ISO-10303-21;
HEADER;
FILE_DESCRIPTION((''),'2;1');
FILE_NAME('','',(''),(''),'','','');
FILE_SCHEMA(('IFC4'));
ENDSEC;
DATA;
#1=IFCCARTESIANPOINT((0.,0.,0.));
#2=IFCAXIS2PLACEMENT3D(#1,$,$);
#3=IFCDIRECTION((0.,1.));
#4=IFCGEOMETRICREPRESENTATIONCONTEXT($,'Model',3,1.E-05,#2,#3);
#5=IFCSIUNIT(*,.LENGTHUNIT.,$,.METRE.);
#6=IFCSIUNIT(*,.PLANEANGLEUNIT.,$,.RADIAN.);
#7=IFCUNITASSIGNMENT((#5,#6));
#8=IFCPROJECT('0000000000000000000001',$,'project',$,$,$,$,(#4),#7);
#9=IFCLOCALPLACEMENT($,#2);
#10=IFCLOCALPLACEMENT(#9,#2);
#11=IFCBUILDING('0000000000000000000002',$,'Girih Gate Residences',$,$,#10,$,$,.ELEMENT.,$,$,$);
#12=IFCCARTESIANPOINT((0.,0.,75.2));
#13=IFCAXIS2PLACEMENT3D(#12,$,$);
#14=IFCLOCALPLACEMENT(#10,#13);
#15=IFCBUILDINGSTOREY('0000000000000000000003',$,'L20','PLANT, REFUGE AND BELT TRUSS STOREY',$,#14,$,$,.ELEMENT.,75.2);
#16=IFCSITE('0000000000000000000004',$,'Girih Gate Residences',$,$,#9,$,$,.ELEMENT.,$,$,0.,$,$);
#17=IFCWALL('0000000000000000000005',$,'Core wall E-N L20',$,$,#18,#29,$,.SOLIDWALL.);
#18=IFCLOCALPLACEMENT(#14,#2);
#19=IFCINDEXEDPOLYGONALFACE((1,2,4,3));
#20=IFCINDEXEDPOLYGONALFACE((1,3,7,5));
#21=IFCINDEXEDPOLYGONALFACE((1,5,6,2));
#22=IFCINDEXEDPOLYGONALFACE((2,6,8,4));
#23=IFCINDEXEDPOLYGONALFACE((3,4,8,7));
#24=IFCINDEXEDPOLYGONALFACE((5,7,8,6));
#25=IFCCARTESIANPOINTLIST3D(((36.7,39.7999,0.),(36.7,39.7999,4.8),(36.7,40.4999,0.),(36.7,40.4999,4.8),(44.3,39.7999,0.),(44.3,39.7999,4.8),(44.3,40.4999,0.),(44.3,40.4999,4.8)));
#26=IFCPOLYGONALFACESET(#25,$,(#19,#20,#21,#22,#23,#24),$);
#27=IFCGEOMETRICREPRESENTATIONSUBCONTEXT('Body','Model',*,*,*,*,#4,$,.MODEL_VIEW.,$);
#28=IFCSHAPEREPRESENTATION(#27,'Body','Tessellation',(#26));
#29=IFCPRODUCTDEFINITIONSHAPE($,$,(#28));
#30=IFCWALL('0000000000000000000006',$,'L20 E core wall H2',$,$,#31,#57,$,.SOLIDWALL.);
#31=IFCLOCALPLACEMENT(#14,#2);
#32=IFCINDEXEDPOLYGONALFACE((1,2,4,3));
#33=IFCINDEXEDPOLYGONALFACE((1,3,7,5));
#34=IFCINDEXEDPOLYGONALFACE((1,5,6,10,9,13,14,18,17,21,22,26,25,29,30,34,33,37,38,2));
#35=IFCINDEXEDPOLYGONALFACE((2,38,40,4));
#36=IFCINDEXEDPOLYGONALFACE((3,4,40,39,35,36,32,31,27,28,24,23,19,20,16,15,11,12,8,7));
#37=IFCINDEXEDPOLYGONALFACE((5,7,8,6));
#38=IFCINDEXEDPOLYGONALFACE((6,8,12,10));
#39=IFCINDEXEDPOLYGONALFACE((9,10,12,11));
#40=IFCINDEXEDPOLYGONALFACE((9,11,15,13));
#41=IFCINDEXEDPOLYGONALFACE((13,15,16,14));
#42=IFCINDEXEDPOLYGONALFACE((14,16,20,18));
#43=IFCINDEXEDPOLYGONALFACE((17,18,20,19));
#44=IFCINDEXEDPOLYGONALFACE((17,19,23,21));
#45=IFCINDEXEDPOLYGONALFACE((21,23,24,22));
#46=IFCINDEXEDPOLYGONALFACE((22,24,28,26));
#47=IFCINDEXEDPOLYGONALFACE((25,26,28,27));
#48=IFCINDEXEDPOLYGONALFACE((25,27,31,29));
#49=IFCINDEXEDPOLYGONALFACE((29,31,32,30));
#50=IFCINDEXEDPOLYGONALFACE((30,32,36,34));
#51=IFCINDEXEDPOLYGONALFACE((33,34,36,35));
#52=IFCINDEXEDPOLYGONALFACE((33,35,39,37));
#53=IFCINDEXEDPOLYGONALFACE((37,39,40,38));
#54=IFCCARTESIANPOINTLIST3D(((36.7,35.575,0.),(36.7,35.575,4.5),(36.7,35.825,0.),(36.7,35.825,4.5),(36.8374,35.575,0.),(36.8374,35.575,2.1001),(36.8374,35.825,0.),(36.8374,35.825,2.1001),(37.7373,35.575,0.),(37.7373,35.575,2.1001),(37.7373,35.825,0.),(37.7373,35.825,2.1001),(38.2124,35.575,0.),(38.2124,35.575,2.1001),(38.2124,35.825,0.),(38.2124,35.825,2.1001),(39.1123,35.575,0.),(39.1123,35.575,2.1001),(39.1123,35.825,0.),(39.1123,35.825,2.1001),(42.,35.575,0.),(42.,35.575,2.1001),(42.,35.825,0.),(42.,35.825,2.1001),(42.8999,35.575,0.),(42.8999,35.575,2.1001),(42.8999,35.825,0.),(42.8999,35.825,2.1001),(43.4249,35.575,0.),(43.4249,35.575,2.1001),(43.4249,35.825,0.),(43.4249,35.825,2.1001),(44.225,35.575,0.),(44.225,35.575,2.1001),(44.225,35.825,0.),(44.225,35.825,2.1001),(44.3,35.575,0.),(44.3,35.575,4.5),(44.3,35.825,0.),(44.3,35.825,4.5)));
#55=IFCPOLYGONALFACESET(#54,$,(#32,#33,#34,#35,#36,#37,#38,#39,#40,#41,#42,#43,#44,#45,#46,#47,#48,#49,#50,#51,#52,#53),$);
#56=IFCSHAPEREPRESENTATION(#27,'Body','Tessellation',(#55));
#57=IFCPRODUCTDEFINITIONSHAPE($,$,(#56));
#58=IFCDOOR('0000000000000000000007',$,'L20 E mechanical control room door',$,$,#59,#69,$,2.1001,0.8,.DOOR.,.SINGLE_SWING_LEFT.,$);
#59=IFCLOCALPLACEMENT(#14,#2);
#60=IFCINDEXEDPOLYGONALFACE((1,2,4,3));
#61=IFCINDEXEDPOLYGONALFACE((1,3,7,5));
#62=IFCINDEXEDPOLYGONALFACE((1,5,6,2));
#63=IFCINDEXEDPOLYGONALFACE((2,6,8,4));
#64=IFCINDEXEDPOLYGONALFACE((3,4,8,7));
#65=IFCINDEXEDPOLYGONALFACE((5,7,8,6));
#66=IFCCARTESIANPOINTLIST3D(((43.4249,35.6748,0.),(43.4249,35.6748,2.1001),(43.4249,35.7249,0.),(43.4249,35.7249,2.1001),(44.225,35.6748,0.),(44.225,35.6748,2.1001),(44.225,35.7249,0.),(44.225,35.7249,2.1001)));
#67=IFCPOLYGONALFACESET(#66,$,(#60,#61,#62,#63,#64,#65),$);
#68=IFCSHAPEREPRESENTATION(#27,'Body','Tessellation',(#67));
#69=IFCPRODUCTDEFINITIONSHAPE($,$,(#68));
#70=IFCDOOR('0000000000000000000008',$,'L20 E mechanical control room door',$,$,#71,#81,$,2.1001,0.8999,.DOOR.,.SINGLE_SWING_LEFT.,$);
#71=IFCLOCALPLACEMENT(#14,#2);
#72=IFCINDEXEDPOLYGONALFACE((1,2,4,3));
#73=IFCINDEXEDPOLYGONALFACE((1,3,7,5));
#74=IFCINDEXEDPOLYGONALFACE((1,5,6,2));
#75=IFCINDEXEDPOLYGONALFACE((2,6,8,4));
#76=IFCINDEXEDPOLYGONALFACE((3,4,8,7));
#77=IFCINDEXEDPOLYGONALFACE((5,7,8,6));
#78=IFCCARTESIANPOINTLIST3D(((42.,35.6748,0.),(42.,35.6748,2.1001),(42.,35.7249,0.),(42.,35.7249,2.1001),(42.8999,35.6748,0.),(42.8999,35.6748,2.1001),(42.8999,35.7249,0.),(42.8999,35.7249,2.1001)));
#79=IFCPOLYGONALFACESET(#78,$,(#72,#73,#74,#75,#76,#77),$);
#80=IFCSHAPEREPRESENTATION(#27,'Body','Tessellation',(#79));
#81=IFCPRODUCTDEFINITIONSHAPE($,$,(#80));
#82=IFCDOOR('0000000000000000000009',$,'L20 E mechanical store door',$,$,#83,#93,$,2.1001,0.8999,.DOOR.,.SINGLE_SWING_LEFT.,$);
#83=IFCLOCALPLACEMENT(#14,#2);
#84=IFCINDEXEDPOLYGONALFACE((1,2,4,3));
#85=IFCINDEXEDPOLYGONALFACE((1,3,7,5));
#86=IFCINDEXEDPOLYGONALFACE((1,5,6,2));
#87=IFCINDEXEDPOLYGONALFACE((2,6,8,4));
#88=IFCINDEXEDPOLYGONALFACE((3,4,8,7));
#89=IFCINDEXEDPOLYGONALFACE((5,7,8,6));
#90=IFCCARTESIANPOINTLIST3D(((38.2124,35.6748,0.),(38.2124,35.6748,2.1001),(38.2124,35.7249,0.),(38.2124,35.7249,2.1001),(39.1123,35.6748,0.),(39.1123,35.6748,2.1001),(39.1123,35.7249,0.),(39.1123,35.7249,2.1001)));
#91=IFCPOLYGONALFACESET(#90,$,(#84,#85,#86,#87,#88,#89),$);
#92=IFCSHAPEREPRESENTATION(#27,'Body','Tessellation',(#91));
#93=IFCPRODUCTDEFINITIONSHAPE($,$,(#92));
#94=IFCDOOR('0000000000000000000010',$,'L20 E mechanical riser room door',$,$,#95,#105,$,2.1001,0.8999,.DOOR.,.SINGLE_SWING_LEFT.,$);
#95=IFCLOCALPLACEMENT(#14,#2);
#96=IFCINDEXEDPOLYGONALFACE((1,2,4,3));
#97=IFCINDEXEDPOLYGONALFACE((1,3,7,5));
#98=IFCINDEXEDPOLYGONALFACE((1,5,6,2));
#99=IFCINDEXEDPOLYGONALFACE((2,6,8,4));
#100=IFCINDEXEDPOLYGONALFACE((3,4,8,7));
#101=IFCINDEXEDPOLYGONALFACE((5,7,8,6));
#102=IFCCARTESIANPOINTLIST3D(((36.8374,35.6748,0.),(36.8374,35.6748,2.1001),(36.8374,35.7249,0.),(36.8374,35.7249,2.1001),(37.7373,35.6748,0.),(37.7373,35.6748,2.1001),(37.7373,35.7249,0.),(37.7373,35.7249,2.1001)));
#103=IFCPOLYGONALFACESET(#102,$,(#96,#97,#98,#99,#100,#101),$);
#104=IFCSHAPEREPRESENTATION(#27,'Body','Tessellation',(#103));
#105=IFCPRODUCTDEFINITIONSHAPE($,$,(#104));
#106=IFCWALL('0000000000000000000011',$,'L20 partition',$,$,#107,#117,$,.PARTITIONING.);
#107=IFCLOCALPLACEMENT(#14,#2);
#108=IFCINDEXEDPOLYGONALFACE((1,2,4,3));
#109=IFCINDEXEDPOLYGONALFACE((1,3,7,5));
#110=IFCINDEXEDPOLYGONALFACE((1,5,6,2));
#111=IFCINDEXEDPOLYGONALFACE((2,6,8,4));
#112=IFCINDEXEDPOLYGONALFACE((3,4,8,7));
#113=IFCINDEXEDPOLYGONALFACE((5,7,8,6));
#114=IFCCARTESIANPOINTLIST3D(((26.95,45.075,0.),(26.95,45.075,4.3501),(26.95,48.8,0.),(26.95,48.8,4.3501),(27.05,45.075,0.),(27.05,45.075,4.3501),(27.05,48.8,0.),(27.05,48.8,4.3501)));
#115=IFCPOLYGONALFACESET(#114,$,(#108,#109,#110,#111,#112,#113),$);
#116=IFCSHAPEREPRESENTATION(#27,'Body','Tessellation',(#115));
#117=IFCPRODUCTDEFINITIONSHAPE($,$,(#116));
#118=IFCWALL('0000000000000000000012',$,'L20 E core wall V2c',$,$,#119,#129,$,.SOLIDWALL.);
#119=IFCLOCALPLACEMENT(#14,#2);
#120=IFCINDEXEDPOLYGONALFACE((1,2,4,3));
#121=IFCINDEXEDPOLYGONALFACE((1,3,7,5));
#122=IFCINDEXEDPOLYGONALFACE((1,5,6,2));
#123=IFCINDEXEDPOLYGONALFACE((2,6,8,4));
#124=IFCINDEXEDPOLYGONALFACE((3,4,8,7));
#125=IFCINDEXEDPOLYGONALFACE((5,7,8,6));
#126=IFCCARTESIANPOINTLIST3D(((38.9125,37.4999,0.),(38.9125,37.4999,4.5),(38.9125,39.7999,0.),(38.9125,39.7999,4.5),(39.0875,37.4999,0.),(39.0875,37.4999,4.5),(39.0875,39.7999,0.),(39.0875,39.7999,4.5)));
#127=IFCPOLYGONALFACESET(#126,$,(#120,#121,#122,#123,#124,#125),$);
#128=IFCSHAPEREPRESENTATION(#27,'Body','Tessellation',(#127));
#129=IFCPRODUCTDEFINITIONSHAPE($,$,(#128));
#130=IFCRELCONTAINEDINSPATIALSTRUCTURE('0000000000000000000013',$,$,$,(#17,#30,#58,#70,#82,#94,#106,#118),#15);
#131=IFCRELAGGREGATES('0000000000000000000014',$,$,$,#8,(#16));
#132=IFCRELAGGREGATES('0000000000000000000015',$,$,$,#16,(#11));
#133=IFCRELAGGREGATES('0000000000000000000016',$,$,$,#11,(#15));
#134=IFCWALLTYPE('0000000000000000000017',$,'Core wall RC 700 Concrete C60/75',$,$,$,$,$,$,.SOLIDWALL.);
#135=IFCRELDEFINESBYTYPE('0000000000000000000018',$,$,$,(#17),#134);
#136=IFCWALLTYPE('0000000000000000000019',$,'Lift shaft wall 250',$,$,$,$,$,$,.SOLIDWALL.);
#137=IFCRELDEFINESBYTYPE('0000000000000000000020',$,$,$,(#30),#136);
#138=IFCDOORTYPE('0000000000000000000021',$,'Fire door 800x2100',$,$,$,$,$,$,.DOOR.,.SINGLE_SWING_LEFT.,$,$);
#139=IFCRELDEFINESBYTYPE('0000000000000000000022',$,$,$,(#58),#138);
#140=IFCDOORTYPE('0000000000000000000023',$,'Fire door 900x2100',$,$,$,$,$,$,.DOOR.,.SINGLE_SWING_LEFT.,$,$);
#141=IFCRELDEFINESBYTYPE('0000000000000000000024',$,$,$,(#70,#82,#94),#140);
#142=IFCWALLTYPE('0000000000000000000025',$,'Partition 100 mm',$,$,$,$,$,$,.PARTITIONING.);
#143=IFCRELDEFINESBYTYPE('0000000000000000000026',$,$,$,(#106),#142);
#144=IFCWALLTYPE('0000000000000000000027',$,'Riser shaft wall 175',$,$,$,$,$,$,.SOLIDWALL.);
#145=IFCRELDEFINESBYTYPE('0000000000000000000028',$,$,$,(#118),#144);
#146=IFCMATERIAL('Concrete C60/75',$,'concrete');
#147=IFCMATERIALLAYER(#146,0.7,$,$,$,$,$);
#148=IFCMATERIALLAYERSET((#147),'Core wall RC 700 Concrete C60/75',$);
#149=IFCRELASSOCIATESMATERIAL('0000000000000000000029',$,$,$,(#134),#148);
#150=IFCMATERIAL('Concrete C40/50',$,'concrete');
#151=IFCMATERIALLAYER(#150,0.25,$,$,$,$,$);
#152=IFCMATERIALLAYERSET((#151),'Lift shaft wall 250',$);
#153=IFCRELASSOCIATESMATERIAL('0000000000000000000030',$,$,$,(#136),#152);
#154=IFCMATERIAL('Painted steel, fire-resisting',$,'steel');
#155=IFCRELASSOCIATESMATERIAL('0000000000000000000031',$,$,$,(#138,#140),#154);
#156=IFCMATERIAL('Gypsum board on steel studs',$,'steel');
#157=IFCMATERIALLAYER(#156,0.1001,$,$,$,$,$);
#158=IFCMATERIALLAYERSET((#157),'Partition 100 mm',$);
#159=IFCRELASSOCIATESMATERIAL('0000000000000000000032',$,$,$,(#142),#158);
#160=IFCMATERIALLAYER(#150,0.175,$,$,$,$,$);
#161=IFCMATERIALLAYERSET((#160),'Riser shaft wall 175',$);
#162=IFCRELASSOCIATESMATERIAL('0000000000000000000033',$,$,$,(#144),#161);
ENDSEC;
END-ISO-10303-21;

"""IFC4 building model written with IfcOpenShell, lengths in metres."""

from ifc_helpers import new_model, si_unit, direction, frame, frame_2d, origin, place, context, subcontext, project, spatial, rectangle, extrude, material, layer, layer_set, type_object, element, fill, save


model = new_model("IFC4")

# Units and contexts
model_context = context("Model", 3, precision=1e-05, world=origin(), true_north=direction((0.0, 1.0)))
body_context = subcontext(model_context, "Body", "Model", "MODEL_VIEW")
ifc_project = project(units=[si_unit("LENGTHUNIT", "METRE"), si_unit("PLANEANGLEUNIT", "RADIAN")], contexts=[model_context])

# Site, building, storey
site_placement = place(None, origin())
site = spatial("IfcSite", under=ifc_project, at=site_placement, Name="Girih Gate Residences", CompositionType="ELEMENT", RefElevation=0.0)
building_placement = place(site_placement, origin())
building = spatial("IfcBuilding", under=site, at=building_placement, Name="Girih Gate Residences", CompositionType="ELEMENT")
storey_placement = place(building_placement, frame((0.0, 0.0, 75.2)))
storey = spatial("IfcBuildingStorey", under=building, at=storey_placement, Name="L20", Description="PLANT, REFUGE AND BELT TRUSS STOREY", CompositionType="ELEMENT", Elevation=75.2)

# Shared definitions
ifc_material_1 = material(Name="Concrete C60/75", Category="concrete")

# Shared definitions
ifc_material_2 = material(Name="Gypsum board on steel studs", Category="steel")

# Shared definitions
ifc_material_3 = material(Name="Painted steel, fire-resisting", Category="steel")

# Wall
ifc_layer_1 = layer(ifc_material_1, 0.7)
ifc_layer_set_1 = layer_set([ifc_layer_1], Name="Core wall RC 700 Concrete C60/75")
wall_type_1 = type_object("IfcWallType", Name="Core wall RC 700 Concrete C60/75", PredefinedType="SOLIDWALL", material=ifc_layer_set_1)
wall_1_placement = place(storey_placement, frame((36.7, 40.1499, 0.0), z_axis=(0.0, 0.0, 1.0), x_axis=(1.0, 0.0, 0.0)))
element("IfcWall", 1, at=wall_1_placement, inside=storey, type_object=wall_type_1, Name="Core wall E-N L20", PredefinedType="SOLIDWALL", context=body_context, shape_type="SweptSolid", body=[
    extrude(rectangle(XDim=7.6001, YDim=0.7, at=frame_2d((3.8, 0.0))), origin(), (0.0, 0.0, 1.0), 4.8),
])

# Wall, openings, doors
ifc_material_4 = material(Name="Concrete C40/50", Category="concrete")
ifc_layer_2 = layer(ifc_material_4, 0.25)
ifc_layer_set_2 = layer_set([ifc_layer_2], Name="Lift shaft wall 250")
wall_type_2 = type_object("IfcWallType", Name="Lift shaft wall 250", PredefinedType="SOLIDWALL", material=ifc_layer_set_2)
wall_2_placement = place(storey_placement, frame((36.7, 35.7, 0.0), z_axis=(0.0, 0.0, 1.0), x_axis=(1.0, 0.0, 0.0)))
wall_2 = element("IfcWall", 2, at=wall_2_placement, inside=storey, type_object=wall_type_2, Name="L20 E core wall H2", PredefinedType="SOLIDWALL", context=body_context, shape_type="SweptSolid", body=[
    extrude(rectangle(XDim=7.6001, YDim=0.25, at=frame_2d((3.8, 0.0))), origin(), (0.0, 0.0, 1.0), 4.5),
])
opening_1_placement = place(wall_2_placement, frame((6.7251, 0.0, 0.0)))
opening_1 = element("IfcOpeningElement", 3, at=opening_1_placement, cuts=wall_2, PredefinedType="OPENING", context=body_context, shape_type="SweptSolid", body=[
    extrude(rectangle(XDim=0.8, YDim=2.1001, at=frame_2d((0.3999, 1.05))), frame((0.0, 0.135, 0.0), z_axis=(0.0, -1.0, 0.0), x_axis=(1.0, 0.0, 0.0)), (0.0, 0.0, 1.0), 0.27),
])
opening_2_placement = place(wall_2_placement, frame((5.3, 0.0, 0.0)))
opening_2 = element("IfcOpeningElement", 4, at=opening_2_placement, cuts=wall_2, PredefinedType="OPENING", context=body_context, shape_type="SweptSolid", body=[
    extrude(rectangle(XDim=0.8999, YDim=2.1001, at=frame_2d((0.45, 1.05))), frame((0.0, 0.135, 0.0), z_axis=(0.0, -1.0, 0.0), x_axis=(1.0, 0.0, 0.0)), (0.0, 0.0, 1.0), 0.27),
])
opening_3_placement = place(wall_2_placement, frame((1.5125, 0.0, 0.0)))
opening_3 = element("IfcOpeningElement", 5, at=opening_3_placement, cuts=wall_2, PredefinedType="OPENING", context=body_context, shape_type="SweptSolid", body=[
    extrude(rectangle(XDim=0.8999, YDim=2.1001, at=frame_2d((0.45, 1.05))), frame((0.0, 0.135, 0.0), z_axis=(0.0, -1.0, 0.0), x_axis=(1.0, 0.0, 0.0)), (0.0, 0.0, 1.0), 0.27),
])
opening_4_placement = place(wall_2_placement, frame((0.1375, 0.0, 0.0)))
opening_4 = element("IfcOpeningElement", 6, at=opening_4_placement, cuts=wall_2, PredefinedType="OPENING", context=body_context, shape_type="SweptSolid", body=[
    extrude(rectangle(XDim=0.8999, YDim=2.1001, at=frame_2d((0.45, 1.05))), frame((0.0, 0.135, 0.0), z_axis=(0.0, -1.0, 0.0), x_axis=(1.0, 0.0, 0.0)), (0.0, 0.0, 1.0), 0.27),
])
door_type_1 = type_object("IfcDoorType", Name="Fire door 800x2100", OperationType="SINGLE_SWING_LEFT", PredefinedType="DOOR", material=ifc_material_3)
door_1_placement = place(opening_1_placement, origin())
door_1 = element("IfcDoor", 7, at=door_1_placement, inside=storey, type_object=door_type_1, Name="L20 E mechanical control room door", OperationType="SINGLE_SWING_LEFT", OverallHeight=2.1001, OverallWidth=0.8, PredefinedType="DOOR", context=body_context, shape_type="SweptSolid", body=[
    extrude(rectangle(XDim=0.8, YDim=2.1001, at=frame_2d((0.3999, 1.05))), frame((0.0, 0.0249, 0.0), z_axis=(0.0, -1.0, 0.0), x_axis=(1.0, 0.0, 0.0)), (0.0, 0.0, 1.0), 0.05),
])
fill(opening_1, door_1)
door_type_2 = type_object("IfcDoorType", Name="Fire door 900x2100", OperationType="SINGLE_SWING_LEFT", PredefinedType="DOOR", material=ifc_material_3)
door_2_placement = place(opening_2_placement, origin())
door_2 = element("IfcDoor", 8, at=door_2_placement, inside=storey, type_object=door_type_2, Name="L20 E mechanical control room door", OperationType="SINGLE_SWING_LEFT", OverallHeight=2.1001, OverallWidth=0.8999, PredefinedType="DOOR", context=body_context, shape_type="SweptSolid", body=[
    extrude(rectangle(XDim=0.8999, YDim=2.1001, at=frame_2d((0.45, 1.05))), frame((0.0, 0.0249, 0.0), z_axis=(0.0, -1.0, 0.0), x_axis=(1.0, 0.0, 0.0)), (0.0, 0.0, 1.0), 0.05),
])
fill(opening_2, door_2)
door_3_placement = place(opening_3_placement, origin())
door_3 = element("IfcDoor", 9, at=door_3_placement, inside=storey, type_object=door_type_2, Name="L20 E mechanical store door", OperationType="SINGLE_SWING_LEFT", OverallHeight=2.1001, OverallWidth=0.8999, PredefinedType="DOOR", context=body_context, shape_type="SweptSolid", body=[
    extrude(rectangle(XDim=0.8999, YDim=2.1001, at=frame_2d((0.45, 1.05))), frame((0.0, 0.0249, 0.0), z_axis=(0.0, -1.0, 0.0), x_axis=(1.0, 0.0, 0.0)), (0.0, 0.0, 1.0), 0.05),
])
fill(opening_3, door_3)
door_4_placement = place(opening_4_placement, origin())
door_4 = element("IfcDoor", 10, at=door_4_placement, inside=storey, type_object=door_type_2, Name="L20 E mechanical riser room door", OperationType="SINGLE_SWING_LEFT", OverallHeight=2.1001, OverallWidth=0.8999, PredefinedType="DOOR", context=body_context, shape_type="SweptSolid", body=[
    extrude(rectangle(XDim=0.8999, YDim=2.1001, at=frame_2d((0.45, 1.05))), frame((0.0, 0.0249, 0.0), z_axis=(0.0, -1.0, 0.0), x_axis=(1.0, 0.0, 0.0)), (0.0, 0.0, 1.0), 0.05),
])
fill(opening_4, door_4)

# Walls
ifc_layer_3 = layer(ifc_material_2, 0.1001)
ifc_layer_set_3 = layer_set([ifc_layer_3], Name="Partition 100 mm")
wall_type_3 = type_object("IfcWallType", Name="Partition 100 mm", PredefinedType="PARTITIONING", material=ifc_layer_set_3)
wall_3_placement = place(storey_placement, frame((27.0, 45.075, 0.0), z_axis=(0.0, 0.0, 1.0), x_axis=(0.0, 1.0, 0.0)))
element("IfcWall", 11, at=wall_3_placement, inside=storey, type_object=wall_type_3, Name="L20 partition", PredefinedType="PARTITIONING", context=body_context, shape_type="SweptSolid", body=[
    extrude(rectangle(XDim=3.7251, YDim=0.1001, at=frame_2d((1.8625, 0.0))), origin(), (0.0, 0.0, 1.0), 4.3501),
])
ifc_layer_4 = layer(ifc_material_4, 0.175)
ifc_layer_set_4 = layer_set([ifc_layer_4], Name="Riser shaft wall 175")
wall_type_4 = type_object("IfcWallType", Name="Riser shaft wall 175", PredefinedType="SOLIDWALL", material=ifc_layer_set_4)
wall_4_placement = place(storey_placement, frame((39.0, 37.5, 0.0), z_axis=(0.0, 0.0, 1.0), x_axis=(0.0, 1.0, 0.0)))
element("IfcWall", 12, at=wall_4_placement, inside=storey, type_object=wall_type_4, Name="L20 E core wall V2c", PredefinedType="SOLIDWALL", context=body_context, shape_type="SweptSolid", body=[
    extrude(rectangle(XDim=2.3, YDim=0.175, at=frame_2d((1.1499, 0.0))), origin(), (0.0, 0.0, 1.0), 4.5),
])

save(model, "model.ifc")
